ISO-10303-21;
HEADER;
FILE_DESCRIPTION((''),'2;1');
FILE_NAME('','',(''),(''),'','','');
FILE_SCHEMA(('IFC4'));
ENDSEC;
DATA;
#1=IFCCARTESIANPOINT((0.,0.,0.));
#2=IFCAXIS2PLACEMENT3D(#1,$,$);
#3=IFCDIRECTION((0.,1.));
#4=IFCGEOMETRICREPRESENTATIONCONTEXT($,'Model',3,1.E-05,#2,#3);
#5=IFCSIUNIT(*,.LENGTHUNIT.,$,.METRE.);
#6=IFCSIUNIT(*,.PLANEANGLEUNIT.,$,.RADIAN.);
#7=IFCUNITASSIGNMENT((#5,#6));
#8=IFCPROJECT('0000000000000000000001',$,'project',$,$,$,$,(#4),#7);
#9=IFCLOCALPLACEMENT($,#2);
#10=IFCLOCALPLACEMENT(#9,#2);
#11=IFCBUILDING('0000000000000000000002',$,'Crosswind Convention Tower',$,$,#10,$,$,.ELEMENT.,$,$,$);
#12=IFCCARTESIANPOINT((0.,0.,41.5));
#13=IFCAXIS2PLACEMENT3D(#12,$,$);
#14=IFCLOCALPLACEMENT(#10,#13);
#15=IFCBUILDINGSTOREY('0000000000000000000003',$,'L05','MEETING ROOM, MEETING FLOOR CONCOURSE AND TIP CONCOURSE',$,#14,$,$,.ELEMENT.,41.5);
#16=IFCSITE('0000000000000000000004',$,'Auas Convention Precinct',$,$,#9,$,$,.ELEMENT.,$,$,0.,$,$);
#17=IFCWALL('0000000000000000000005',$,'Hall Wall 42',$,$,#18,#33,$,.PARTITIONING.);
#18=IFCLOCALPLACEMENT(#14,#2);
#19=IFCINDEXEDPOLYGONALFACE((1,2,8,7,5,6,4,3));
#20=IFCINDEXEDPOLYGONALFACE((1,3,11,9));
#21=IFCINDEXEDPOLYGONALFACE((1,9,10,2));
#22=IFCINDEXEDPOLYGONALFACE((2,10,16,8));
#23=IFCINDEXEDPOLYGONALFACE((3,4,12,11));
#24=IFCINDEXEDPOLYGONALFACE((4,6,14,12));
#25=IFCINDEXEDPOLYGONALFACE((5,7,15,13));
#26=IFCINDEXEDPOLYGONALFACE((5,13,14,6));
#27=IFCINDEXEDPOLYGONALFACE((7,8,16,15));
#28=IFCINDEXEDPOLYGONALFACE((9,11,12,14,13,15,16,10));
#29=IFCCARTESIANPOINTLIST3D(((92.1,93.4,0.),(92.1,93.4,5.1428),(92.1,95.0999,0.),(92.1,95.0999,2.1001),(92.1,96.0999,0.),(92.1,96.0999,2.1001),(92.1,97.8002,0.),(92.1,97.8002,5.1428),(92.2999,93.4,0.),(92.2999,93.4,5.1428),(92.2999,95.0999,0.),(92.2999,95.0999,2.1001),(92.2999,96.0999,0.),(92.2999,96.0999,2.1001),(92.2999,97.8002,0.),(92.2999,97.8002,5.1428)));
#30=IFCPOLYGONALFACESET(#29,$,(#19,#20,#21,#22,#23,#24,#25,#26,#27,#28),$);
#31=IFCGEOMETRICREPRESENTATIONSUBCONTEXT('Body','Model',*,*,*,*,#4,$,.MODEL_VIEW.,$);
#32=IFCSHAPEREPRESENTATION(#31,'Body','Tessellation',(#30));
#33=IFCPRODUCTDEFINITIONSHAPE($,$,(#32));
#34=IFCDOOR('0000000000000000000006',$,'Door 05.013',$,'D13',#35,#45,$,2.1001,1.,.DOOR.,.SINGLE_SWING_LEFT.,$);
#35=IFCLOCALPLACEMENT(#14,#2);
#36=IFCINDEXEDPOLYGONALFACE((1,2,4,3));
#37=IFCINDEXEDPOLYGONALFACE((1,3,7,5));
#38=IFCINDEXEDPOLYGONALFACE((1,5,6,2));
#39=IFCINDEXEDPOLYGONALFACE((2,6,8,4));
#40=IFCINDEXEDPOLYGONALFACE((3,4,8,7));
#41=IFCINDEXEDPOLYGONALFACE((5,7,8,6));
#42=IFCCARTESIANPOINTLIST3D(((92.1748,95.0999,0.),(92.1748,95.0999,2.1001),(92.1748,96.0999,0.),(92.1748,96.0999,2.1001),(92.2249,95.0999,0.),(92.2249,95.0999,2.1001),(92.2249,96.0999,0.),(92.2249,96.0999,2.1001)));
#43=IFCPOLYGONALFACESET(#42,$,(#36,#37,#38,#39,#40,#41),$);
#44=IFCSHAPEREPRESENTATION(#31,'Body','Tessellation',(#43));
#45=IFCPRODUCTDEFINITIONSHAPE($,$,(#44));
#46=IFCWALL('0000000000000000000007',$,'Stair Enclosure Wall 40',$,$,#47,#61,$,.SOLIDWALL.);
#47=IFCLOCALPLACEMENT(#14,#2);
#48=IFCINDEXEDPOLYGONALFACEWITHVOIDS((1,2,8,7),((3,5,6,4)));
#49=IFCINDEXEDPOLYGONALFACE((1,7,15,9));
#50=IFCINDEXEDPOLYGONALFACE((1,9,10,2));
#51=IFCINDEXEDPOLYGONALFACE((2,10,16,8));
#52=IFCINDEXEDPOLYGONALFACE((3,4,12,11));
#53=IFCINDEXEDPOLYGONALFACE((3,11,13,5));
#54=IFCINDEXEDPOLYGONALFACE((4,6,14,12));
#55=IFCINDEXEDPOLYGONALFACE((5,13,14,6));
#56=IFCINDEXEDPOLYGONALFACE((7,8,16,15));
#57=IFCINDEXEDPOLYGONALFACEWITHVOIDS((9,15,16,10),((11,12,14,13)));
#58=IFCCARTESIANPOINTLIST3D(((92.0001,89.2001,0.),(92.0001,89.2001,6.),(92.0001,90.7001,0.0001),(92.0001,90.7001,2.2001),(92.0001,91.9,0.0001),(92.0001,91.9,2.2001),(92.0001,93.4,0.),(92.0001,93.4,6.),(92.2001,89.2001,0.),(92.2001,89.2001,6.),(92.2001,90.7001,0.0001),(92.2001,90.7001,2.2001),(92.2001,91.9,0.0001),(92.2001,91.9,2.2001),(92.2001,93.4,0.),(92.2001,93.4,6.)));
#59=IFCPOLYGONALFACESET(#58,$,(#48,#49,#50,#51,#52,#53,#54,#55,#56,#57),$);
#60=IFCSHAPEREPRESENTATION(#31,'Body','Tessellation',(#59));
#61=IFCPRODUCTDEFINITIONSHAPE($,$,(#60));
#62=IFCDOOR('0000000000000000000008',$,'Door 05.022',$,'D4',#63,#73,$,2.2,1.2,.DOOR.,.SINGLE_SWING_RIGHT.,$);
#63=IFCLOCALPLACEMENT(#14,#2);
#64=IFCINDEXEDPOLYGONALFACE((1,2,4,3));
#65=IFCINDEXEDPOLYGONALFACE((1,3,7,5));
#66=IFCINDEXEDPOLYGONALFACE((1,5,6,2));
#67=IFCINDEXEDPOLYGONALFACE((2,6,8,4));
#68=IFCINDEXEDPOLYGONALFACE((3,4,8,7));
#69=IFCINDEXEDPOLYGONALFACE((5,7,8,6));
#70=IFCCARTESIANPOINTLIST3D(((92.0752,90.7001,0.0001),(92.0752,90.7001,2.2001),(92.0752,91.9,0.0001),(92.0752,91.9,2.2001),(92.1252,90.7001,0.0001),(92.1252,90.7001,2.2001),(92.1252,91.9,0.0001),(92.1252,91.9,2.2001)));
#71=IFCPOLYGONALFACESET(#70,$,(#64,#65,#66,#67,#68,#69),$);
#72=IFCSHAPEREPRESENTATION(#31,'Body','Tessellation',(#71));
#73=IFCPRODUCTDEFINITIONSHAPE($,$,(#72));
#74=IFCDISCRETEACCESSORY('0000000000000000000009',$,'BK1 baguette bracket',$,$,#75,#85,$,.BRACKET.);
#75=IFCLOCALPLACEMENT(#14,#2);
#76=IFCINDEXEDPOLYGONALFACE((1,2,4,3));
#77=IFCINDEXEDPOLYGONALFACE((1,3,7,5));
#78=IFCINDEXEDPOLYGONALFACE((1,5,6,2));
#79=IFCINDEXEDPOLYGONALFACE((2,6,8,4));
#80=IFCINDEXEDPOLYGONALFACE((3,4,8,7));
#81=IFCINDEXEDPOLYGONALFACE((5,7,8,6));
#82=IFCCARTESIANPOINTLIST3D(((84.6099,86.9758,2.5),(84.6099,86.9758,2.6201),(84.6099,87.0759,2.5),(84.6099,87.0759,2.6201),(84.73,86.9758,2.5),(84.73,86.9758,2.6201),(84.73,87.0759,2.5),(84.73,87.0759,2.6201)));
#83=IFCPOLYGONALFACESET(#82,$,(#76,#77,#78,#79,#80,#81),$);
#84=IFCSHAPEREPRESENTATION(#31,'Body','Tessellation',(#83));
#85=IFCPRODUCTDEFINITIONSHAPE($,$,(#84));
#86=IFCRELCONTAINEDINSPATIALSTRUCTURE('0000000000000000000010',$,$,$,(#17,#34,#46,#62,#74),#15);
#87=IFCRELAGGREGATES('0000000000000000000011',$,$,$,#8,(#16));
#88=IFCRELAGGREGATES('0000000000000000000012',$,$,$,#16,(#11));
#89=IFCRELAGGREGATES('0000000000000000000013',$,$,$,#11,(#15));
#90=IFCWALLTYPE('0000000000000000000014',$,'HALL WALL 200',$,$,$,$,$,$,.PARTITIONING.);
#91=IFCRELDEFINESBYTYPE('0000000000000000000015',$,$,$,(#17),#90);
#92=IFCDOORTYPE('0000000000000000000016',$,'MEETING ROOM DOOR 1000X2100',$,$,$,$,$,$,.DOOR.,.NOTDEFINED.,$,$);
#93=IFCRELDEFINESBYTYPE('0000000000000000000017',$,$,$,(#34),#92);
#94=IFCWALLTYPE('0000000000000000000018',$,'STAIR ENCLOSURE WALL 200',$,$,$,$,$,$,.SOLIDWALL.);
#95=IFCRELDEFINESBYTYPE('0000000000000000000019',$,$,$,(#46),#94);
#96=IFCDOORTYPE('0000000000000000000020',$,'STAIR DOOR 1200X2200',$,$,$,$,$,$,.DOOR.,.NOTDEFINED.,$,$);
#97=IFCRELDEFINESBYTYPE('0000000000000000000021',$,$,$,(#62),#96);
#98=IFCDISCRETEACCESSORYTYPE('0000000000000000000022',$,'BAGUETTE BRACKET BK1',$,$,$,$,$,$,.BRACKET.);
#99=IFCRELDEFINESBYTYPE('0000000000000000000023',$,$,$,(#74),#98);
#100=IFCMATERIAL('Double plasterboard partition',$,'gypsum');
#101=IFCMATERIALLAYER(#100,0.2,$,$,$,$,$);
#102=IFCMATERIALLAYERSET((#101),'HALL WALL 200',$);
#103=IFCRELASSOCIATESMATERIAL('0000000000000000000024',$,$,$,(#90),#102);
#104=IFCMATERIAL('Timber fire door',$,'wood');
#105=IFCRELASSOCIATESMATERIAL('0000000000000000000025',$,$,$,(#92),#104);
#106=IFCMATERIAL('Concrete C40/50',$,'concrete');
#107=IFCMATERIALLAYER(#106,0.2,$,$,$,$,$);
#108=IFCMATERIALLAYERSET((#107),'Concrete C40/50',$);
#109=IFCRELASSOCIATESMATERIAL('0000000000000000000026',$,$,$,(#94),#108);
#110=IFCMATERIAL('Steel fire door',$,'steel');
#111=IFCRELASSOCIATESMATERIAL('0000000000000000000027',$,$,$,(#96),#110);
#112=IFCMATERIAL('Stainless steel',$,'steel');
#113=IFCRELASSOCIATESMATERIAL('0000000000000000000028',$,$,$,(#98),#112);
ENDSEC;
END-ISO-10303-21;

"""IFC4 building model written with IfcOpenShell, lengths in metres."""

from ifc_helpers import new_model, si_unit, direction, frame, frame_2d, origin, origin_2d, place, context, subcontext, project, spatial, rectangle, extrude, material, layer, layer_set, type_object, element, fill, save


model = new_model("IFC4")

# Units and contexts
model_context = context("Model", 3, precision=1e-05, world=origin(), true_north=direction((0.0, 1.0)))
body_context = subcontext(model_context, "Body", "Model", "MODEL_VIEW")
ifc_project = project(units=[si_unit("LENGTHUNIT", "METRE"), si_unit("PLANEANGLEUNIT", "RADIAN")], contexts=[model_context])

# Site, building, storey
site_placement = place(None, origin())
site = spatial("IfcSite", under=ifc_project, at=site_placement, Name="Auas Convention Precinct", CompositionType="ELEMENT", RefElevation=0.0)
building_placement = place(site_placement, origin())
building = spatial("IfcBuilding", under=site, at=building_placement, Name="Crosswind Convention Tower", CompositionType="ELEMENT")
storey_placement = place(building_placement, frame((0.0, 0.0, 41.5)))
storey = spatial("IfcBuildingStorey", under=building, at=storey_placement, Name="L05", Description="MEETING ROOM, MEETING FLOOR CONCOURSE AND TIP CONCOURSE", CompositionType="ELEMENT", Elevation=41.5)

# Walls, openings, doors
ifc_material_1 = material(Name="Double plasterboard partition", Category="gypsum")
ifc_layer_1 = layer(ifc_material_1, 0.2)
ifc_layer_set_1 = layer_set([ifc_layer_1], Name="HALL WALL 200")
wall_type_1 = type_object("IfcWallType", Name="HALL WALL 200", PredefinedType="PARTITIONING", material=ifc_layer_set_1)
wall_1_placement = place(storey_placement, frame((92.2, 93.3999, 0.0), z_axis=(0.0, 0.0, 1.0), x_axis=(0.0, 1.0, 0.0)))
wall_1 = element("IfcWall", 1, at=wall_1_placement, inside=storey, type_object=wall_type_1, Name="Hall Wall 42", PredefinedType="PARTITIONING", context=body_context, shape_type="SweptSolid", body=[
    extrude(rectangle(XDim=4.4001, YDim=0.2, at=frame_2d((2.2002, 0.0))), origin(), (0.0, 0.0, 1.0), 5.1428),
])
opening_1_placement = place(wall_1_placement, frame((1.7, 0.0, 0.0)))
opening_1 = element("IfcOpeningElement", 2, at=opening_1_placement, cuts=wall_1, PredefinedType="OPENING", context=body_context, shape_type="SweptSolid", body=[
    extrude(rectangle(XDim=1.0, YDim=2.1001, at=frame_2d((0.5, 1.05))), frame((0.0, 0.1099, 0.0), z_axis=(0.0, -1.0, 0.0), x_axis=(1.0, 0.0, 0.0)), (0.0, 0.0, 1.0), 0.22),
])
ifc_material_2 = material(Name="Timber fire door", Category="wood")
door_type_1 = type_object("IfcDoorType", Name="MEETING ROOM DOOR 1000X2100", OperationType="NOTDEFINED", PredefinedType="DOOR", material=ifc_material_2)
door_1_placement = place(opening_1_placement, frame((1.0, 0.0, 0.0), z_axis=(0.0, 0.0, 1.0), x_axis=(-1.0, 0.0, 0.0)))
door_1 = element("IfcDoor", 3, at=door_1_placement, inside=storey, type_object=door_type_1, Name="Door 05.013", ObjectType="D13", OperationType="SINGLE_SWING_LEFT", OverallHeight=2.1001, OverallWidth=1.0, PredefinedType="DOOR", context=body_context, shape_type="SweptSolid", body=[
    extrude(rectangle(XDim=1.0, YDim=2.1001, at=frame_2d((0.5, 1.05))), frame((0.0, 0.0249, 0.0), z_axis=(0.0, -1.0, 0.0), x_axis=(1.0, 0.0, 0.0)), (0.0, 0.0, 1.0), 0.05),
])
fill(opening_1, door_1)
ifc_material_3 = material(Name="Concrete C40/50", Category="concrete")
ifc_layer_2 = layer(ifc_material_3, 0.2)
ifc_layer_set_2 = layer_set([ifc_layer_2], Name="Concrete C40/50")
wall_type_2 = type_object("IfcWallType", Name="STAIR ENCLOSURE WALL 200", PredefinedType="SOLIDWALL", material=ifc_layer_set_2)
wall_2_placement = place(storey_placement, frame((92.1001, 89.2, 0.0), z_axis=(0.0, 0.0, 1.0), x_axis=(0.0, 1.0, 0.0)))
wall_2 = element("IfcWall", 4, at=wall_2_placement, inside=storey, type_object=wall_type_2, Name="Stair Enclosure Wall 40", PredefinedType="SOLIDWALL", context=body_context, shape_type="SweptSolid", body=[
    extrude(rectangle(XDim=4.2, YDim=0.2, at=frame_2d((2.1001, 0.0))), origin(), (0.0, 0.0, 1.0), 6.0),
])
opening_2_placement = place(wall_2_placement, frame((1.5, 0.0, 0.0)))
opening_2 = element("IfcOpeningElement", 5, at=opening_2_placement, cuts=wall_2, PredefinedType="OPENING", context=body_context, shape_type="SweptSolid", body=[
    extrude(rectangle(XDim=1.2, YDim=2.2, at=frame_2d((0.6001, 1.1001))), frame((0.0, 0.1099, 0.0), z_axis=(0.0, -1.0, 0.0), x_axis=(1.0, 0.0, 0.0)), (0.0, 0.0, 1.0), 0.22),
])
ifc_material_4 = material(Name="Steel fire door", Category="steel")
door_type_2 = type_object("IfcDoorType", Name="STAIR DOOR 1200X2200", OperationType="NOTDEFINED", PredefinedType="DOOR", material=ifc_material_4)
door_2_placement = place(opening_2_placement, origin())
door_2 = element("IfcDoor", 6, at=door_2_placement, inside=storey, type_object=door_type_2, Name="Door 05.022", ObjectType="D4", OperationType="SINGLE_SWING_RIGHT", OverallHeight=2.2, OverallWidth=1.2, PredefinedType="DOOR", context=body_context, shape_type="SweptSolid", body=[
    extrude(rectangle(XDim=1.2, YDim=2.2, at=frame_2d((0.6001, 1.1001))), frame((0.0, 0.0249, 0.0), z_axis=(0.0, -1.0, 0.0), x_axis=(1.0, 0.0, 0.0)), (0.0, 0.0, 1.0), 0.05),
])
fill(opening_2, door_2)

# Discrete accessory
ifc_material_5 = material(Name="Stainless steel", Category="steel")
discrete_accessory_type = type_object("IfcDiscreteAccessoryType", Name="BAGUETTE BRACKET BK1", PredefinedType="BRACKET", material=ifc_material_5)
discrete_accessory_placement = place(storey_placement, frame((84.6699, 87.0259, 2.5), z_axis=(0.0, 0.0, 1.0), x_axis=(1.0, 0.0, 0.0)))
element("IfcDiscreteAccessory", 7, at=discrete_accessory_placement, inside=storey, type_object=discrete_accessory_type, Name="BK1 baguette bracket", PredefinedType="BRACKET", context=body_context, shape_type="SweptSolid", body=[
    extrude(rectangle(XDim=0.1201, YDim=0.1001, at=origin_2d()), origin(), (0.0, 0.0, 1.0), 0.1201),
])

save(model, "model.ifc")
